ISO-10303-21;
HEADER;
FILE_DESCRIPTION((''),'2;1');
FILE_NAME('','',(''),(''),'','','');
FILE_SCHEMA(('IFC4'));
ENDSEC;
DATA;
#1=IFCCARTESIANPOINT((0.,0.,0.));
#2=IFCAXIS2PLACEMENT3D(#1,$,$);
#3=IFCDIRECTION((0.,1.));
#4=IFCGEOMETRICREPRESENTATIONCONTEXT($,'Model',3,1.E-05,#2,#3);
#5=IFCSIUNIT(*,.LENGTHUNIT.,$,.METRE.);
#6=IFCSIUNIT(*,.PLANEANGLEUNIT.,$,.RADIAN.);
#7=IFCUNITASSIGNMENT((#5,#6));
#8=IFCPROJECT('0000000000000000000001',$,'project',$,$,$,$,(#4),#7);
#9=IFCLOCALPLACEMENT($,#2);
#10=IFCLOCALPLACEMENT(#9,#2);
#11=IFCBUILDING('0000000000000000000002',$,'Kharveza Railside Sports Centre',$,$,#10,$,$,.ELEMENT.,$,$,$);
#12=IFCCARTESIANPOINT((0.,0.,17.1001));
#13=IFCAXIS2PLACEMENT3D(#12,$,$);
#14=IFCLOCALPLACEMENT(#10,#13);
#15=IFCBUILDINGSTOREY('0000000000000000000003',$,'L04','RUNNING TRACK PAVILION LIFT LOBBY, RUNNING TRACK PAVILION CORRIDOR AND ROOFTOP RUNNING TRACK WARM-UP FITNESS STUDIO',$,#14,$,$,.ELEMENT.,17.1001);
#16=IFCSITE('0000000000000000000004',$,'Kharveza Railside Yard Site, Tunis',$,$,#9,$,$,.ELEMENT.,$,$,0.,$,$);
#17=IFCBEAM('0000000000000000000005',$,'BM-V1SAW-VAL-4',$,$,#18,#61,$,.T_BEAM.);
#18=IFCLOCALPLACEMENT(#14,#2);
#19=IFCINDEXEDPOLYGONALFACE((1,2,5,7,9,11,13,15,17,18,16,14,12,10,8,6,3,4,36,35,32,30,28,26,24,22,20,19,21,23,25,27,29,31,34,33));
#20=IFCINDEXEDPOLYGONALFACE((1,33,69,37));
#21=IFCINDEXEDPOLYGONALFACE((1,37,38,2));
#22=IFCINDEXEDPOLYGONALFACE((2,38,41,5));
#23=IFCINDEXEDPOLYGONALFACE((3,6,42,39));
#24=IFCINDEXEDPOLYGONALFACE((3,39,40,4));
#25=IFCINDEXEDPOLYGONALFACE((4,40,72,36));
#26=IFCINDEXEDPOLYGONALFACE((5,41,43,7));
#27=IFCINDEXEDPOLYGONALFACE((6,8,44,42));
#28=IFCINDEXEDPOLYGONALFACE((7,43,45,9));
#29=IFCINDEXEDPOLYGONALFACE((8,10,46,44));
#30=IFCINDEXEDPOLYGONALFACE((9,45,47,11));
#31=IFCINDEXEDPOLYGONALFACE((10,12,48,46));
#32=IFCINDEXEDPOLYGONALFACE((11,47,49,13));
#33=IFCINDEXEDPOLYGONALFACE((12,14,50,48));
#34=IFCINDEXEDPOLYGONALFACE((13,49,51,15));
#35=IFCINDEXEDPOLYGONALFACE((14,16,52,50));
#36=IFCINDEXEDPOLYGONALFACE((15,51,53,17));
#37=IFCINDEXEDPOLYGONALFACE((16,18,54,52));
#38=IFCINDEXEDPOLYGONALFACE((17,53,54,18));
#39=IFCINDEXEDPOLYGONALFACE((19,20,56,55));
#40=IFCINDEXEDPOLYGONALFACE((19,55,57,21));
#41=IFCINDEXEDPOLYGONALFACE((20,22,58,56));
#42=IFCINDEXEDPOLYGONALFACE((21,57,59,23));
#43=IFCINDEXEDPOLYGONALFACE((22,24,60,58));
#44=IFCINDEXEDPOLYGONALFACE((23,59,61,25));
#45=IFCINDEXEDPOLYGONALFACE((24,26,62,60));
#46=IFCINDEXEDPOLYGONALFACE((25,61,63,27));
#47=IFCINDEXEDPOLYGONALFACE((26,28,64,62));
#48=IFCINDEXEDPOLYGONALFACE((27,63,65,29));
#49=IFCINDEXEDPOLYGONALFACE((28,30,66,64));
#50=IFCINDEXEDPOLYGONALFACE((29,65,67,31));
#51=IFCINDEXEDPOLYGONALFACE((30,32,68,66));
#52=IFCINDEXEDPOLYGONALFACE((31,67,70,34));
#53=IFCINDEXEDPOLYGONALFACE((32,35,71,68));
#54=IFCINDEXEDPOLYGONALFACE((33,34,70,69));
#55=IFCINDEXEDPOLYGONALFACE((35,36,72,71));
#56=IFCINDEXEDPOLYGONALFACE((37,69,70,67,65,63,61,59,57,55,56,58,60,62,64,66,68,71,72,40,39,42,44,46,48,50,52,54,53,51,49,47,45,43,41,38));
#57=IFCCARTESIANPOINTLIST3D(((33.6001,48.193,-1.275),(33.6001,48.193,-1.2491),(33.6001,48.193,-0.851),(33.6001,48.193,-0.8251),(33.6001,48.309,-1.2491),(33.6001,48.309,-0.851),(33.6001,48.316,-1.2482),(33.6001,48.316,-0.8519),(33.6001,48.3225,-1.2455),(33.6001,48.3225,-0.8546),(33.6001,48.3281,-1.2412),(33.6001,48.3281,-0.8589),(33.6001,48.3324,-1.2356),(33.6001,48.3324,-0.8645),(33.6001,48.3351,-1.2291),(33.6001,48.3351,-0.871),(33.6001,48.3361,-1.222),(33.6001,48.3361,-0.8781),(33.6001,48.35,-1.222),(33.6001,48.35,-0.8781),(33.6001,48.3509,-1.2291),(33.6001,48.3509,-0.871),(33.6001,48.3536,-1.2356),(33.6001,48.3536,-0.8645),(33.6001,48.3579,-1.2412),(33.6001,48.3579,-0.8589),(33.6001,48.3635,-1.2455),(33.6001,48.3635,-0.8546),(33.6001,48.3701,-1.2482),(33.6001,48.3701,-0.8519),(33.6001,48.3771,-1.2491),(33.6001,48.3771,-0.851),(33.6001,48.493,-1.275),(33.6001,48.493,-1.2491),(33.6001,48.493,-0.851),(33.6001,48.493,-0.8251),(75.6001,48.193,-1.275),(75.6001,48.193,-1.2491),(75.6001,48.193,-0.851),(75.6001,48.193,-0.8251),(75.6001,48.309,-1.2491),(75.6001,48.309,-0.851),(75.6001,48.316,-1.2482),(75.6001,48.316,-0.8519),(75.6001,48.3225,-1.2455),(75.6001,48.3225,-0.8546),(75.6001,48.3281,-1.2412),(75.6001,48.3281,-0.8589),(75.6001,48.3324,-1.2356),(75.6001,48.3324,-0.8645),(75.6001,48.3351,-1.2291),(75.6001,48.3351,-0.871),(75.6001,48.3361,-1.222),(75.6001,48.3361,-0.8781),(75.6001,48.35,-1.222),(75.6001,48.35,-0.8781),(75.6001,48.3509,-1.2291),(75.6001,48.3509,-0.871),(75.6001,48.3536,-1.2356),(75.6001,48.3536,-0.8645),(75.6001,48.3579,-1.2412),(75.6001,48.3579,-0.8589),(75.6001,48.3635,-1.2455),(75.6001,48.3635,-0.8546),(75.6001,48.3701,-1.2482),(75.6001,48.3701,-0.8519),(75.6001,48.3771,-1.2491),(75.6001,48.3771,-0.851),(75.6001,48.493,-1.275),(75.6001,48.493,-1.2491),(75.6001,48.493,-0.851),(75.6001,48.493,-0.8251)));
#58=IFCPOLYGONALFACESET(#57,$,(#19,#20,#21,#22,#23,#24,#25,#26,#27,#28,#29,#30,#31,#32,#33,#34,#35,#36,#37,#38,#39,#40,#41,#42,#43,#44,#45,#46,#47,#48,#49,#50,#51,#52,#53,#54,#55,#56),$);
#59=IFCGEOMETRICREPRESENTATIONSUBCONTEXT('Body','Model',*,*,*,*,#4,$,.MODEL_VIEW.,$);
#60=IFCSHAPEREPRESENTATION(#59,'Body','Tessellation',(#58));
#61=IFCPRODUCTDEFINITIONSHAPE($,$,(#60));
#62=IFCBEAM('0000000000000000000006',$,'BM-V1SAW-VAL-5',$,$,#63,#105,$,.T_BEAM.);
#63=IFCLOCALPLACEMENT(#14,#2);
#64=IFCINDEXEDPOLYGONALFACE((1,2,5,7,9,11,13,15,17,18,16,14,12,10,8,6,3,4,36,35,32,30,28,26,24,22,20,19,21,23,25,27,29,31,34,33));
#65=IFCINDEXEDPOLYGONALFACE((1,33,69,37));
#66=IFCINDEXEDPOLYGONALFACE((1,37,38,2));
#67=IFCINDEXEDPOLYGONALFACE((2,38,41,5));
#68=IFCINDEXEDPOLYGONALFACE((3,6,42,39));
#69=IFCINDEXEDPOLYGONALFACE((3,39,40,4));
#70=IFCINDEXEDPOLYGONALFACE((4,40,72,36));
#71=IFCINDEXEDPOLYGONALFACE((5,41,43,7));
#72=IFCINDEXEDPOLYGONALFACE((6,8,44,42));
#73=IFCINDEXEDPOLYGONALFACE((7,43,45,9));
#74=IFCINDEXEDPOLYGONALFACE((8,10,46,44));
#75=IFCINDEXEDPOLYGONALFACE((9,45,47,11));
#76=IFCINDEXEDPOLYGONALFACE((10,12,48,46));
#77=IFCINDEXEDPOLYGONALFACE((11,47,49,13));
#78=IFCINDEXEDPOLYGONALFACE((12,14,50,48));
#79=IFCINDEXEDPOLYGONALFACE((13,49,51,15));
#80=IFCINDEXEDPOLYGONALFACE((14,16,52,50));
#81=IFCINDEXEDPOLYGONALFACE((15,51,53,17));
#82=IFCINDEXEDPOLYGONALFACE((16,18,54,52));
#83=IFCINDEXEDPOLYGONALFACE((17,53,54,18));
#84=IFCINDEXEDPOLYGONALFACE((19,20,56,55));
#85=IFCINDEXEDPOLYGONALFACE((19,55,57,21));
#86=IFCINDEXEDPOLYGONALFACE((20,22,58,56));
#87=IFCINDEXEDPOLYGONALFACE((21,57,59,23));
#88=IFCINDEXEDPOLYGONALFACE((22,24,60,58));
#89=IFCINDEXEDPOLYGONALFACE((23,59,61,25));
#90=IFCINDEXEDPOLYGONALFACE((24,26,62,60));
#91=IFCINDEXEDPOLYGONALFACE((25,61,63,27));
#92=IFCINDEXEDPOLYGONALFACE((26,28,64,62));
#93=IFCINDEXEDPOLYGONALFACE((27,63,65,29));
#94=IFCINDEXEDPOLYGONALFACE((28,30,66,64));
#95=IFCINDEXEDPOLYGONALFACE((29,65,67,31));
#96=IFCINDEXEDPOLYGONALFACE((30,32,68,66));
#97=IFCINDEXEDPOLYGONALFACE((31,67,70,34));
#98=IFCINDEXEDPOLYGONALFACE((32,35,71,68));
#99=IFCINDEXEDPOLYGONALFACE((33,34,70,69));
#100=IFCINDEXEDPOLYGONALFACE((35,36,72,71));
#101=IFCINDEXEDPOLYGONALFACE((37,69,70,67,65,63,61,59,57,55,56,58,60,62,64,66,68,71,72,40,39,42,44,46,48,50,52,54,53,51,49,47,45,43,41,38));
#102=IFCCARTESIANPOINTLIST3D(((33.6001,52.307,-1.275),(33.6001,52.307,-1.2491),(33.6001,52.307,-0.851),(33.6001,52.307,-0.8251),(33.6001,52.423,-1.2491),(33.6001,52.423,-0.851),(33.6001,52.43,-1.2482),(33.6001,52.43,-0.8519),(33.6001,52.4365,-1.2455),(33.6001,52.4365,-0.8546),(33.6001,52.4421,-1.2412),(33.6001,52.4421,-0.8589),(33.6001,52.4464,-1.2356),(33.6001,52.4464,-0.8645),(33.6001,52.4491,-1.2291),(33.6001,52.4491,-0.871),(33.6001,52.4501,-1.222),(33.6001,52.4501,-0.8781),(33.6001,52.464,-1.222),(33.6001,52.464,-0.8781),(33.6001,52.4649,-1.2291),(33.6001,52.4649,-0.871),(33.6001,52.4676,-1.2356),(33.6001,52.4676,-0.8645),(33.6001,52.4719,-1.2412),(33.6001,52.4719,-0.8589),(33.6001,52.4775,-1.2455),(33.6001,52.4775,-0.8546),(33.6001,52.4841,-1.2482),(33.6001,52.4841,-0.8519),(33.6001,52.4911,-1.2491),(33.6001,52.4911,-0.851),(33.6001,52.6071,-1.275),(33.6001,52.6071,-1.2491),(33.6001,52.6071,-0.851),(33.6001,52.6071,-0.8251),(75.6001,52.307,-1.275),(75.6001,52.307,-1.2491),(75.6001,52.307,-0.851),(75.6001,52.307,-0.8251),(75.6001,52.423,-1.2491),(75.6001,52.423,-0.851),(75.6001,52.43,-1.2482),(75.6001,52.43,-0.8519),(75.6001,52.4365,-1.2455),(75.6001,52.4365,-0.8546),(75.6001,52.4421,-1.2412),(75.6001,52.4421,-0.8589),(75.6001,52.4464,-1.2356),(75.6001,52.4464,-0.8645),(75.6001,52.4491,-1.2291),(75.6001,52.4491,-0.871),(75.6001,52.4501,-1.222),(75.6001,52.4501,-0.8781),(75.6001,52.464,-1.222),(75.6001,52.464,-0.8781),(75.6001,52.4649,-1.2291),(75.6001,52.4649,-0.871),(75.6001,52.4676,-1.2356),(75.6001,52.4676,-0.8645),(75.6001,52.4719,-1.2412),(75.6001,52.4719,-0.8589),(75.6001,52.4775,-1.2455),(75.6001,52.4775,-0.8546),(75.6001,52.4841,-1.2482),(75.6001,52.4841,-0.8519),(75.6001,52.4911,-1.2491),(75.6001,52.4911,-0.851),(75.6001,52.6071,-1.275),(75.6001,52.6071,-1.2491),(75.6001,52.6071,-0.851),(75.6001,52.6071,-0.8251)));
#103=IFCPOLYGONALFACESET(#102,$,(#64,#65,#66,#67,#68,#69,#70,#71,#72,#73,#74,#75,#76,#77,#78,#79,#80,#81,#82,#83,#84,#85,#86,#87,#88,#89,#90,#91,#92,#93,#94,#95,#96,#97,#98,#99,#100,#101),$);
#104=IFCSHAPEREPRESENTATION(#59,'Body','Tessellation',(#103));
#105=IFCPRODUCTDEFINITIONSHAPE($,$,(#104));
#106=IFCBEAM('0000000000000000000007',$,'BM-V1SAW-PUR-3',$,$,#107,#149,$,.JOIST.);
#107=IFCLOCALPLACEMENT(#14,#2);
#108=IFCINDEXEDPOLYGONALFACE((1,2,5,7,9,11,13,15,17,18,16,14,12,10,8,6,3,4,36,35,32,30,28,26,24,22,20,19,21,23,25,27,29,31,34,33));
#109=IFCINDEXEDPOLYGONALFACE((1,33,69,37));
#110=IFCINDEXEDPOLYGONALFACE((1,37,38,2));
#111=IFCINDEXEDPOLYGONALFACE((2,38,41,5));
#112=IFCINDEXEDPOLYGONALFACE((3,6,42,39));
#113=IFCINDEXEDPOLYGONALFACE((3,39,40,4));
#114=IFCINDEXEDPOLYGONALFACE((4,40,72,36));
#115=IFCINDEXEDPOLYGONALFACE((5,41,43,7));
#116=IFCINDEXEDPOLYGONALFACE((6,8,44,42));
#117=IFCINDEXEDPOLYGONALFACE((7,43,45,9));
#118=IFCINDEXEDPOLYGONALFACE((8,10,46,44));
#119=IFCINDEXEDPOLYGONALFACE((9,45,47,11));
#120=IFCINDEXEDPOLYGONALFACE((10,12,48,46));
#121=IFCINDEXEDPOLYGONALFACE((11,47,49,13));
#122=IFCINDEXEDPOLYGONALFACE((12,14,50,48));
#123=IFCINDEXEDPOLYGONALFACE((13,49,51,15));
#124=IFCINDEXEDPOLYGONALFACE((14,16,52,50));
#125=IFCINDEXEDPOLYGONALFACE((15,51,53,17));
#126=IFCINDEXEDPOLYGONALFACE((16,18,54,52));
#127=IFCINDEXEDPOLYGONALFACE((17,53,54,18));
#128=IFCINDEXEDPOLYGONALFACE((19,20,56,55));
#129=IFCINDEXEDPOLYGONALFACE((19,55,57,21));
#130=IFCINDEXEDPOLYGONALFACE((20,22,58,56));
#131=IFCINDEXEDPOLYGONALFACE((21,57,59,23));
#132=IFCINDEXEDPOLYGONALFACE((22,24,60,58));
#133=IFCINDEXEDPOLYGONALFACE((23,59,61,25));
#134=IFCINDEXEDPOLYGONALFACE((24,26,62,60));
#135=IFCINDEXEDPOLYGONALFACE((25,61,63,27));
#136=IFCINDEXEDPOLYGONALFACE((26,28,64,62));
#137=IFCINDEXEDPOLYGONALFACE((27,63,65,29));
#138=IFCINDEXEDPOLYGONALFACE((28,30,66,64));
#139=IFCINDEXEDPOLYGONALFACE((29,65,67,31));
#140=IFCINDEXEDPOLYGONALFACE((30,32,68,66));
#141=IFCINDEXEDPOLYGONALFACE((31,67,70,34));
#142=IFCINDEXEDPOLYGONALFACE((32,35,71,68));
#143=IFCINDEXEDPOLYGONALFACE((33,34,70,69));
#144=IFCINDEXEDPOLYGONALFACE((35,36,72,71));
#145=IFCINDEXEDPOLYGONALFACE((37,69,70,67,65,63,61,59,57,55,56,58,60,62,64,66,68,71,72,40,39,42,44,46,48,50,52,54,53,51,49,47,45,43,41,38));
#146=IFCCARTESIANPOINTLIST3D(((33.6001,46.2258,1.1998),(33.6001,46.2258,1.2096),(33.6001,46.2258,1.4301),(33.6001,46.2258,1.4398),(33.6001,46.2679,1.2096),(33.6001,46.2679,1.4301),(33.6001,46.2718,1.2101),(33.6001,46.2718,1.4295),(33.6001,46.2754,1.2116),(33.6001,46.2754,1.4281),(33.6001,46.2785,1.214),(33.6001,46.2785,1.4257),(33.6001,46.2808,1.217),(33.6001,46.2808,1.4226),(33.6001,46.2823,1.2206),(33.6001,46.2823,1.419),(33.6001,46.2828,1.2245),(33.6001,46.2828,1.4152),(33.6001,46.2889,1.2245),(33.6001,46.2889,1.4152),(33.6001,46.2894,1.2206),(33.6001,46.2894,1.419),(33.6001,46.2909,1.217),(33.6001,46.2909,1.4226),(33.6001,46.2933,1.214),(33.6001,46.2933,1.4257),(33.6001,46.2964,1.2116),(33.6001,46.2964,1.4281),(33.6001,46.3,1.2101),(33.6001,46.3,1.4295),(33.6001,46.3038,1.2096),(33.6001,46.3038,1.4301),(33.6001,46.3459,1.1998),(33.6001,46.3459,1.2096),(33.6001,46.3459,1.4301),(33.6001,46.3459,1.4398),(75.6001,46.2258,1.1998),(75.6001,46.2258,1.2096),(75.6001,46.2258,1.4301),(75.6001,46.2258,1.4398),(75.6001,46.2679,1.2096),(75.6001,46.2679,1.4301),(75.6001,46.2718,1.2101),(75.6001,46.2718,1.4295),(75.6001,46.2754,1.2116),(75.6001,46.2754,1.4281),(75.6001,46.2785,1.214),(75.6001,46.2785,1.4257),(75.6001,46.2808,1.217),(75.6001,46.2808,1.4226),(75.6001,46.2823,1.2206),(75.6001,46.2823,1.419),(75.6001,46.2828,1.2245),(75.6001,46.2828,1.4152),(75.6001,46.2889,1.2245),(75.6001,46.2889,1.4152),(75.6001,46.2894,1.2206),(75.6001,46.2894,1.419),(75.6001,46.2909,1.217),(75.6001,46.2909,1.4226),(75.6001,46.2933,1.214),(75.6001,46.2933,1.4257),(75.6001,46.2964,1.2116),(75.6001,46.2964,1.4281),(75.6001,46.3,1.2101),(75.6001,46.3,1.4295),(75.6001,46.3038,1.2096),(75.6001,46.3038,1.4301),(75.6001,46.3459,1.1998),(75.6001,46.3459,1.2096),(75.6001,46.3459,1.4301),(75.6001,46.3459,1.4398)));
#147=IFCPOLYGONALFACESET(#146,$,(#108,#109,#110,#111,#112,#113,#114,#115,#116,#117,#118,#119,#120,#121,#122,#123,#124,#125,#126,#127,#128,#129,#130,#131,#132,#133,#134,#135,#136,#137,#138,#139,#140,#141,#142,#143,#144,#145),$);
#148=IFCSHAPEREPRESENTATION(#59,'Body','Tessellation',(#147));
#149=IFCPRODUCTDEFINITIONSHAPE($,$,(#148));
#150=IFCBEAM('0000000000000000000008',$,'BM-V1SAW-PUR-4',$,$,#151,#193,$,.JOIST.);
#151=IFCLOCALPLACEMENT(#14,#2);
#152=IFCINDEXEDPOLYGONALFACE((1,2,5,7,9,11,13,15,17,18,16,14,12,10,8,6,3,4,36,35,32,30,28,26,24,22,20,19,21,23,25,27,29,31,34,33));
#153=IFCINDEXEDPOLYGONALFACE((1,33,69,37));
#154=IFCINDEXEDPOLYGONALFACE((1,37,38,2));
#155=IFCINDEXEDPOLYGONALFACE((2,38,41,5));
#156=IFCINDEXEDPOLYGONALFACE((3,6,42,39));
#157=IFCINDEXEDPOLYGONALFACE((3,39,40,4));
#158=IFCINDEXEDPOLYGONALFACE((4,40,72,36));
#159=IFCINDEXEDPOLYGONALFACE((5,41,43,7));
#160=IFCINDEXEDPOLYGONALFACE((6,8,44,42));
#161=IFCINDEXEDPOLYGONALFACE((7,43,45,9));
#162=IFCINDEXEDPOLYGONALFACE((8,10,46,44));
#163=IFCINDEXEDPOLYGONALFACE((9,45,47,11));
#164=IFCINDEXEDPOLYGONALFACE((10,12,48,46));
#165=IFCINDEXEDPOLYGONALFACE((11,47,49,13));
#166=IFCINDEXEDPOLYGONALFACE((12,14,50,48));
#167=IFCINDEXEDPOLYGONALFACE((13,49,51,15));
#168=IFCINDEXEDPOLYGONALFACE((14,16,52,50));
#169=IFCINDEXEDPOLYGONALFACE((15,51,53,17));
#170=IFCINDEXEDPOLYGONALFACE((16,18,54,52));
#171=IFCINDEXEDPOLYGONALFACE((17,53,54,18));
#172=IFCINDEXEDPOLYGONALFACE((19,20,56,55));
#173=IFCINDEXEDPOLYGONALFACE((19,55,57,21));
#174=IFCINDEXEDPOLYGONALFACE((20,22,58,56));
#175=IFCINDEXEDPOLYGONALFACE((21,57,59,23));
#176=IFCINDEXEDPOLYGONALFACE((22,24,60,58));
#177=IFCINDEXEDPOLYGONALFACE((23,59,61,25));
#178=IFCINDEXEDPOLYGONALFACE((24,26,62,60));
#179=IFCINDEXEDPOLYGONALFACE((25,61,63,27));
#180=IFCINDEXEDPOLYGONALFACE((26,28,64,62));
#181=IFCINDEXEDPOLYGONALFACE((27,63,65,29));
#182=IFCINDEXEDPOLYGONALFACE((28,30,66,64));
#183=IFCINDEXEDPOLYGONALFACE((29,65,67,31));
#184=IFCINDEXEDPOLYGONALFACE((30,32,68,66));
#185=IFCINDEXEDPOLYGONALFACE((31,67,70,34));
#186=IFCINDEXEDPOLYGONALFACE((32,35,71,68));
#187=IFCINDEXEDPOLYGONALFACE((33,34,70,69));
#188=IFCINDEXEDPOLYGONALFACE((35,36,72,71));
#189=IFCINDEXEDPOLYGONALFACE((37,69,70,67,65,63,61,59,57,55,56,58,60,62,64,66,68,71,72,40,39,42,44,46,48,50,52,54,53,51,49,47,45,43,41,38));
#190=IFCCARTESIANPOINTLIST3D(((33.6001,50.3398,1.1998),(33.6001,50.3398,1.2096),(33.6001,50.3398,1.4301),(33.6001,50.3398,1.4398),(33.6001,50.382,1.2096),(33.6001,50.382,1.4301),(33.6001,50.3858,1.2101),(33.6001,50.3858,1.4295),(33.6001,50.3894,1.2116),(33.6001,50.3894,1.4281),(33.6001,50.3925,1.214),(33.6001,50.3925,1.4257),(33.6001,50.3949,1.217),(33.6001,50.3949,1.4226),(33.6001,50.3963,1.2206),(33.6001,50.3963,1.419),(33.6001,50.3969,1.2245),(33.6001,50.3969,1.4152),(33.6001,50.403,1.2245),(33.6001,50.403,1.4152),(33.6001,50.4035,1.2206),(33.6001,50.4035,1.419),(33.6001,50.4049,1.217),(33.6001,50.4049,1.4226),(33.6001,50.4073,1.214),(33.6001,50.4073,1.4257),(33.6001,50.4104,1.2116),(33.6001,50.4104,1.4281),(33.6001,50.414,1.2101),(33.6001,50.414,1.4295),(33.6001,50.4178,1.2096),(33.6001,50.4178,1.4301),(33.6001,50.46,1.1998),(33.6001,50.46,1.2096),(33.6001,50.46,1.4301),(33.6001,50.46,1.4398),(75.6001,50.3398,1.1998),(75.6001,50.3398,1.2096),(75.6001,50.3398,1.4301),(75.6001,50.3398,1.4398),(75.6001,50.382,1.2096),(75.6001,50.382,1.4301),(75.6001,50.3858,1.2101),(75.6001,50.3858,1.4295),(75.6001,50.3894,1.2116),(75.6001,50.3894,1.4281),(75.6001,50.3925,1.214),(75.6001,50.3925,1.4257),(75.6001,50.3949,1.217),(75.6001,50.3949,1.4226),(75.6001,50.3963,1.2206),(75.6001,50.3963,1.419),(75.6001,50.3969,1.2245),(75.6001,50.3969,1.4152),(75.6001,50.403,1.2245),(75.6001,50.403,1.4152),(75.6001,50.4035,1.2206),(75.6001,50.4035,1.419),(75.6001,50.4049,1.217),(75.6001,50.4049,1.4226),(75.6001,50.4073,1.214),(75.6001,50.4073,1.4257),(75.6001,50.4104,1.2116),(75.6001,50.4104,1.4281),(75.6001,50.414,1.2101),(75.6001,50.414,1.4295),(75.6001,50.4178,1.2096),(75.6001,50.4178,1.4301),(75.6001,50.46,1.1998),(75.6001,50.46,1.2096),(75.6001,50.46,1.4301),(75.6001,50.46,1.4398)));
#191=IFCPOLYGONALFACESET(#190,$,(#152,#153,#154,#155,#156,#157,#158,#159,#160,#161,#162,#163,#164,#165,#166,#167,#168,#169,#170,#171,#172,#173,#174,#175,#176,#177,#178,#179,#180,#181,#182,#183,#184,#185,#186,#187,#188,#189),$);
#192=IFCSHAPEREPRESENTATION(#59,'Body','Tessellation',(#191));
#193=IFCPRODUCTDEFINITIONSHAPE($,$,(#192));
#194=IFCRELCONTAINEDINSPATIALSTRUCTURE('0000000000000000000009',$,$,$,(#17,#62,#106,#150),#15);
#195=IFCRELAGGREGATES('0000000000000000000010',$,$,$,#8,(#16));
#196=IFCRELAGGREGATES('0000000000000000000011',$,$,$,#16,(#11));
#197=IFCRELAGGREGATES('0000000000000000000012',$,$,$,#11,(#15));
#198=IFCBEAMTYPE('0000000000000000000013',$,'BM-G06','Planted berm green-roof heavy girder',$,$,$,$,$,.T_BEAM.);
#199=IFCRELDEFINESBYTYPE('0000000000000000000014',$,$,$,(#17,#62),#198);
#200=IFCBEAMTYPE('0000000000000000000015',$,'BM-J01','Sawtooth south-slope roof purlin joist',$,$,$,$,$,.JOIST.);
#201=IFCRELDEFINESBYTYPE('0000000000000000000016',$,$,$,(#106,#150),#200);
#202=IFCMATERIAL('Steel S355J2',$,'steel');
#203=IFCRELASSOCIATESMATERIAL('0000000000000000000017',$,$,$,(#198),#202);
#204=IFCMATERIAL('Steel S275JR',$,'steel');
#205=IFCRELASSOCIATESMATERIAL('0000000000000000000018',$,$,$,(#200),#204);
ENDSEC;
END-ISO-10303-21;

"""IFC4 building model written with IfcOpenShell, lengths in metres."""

from ifc_helpers import new_model, si_unit, direction, frame, origin, origin_2d, place, context, subcontext, project, spatial, i_section, extrude, material, material_profile, profile_set, type_object, element, save


model = new_model("IFC4")

# Units and contexts
model_context = context("Model", 3, precision=1e-05, world=origin(), true_north=direction((0.0, 1.0)))
body_context = subcontext(model_context, "Body", "Model", "MODEL_VIEW")
ifc_project = project(units=[si_unit("LENGTHUNIT", "METRE"), si_unit("PLANEANGLEUNIT", "RADIAN")], contexts=[model_context])

# Site, building, storey
site_placement = place(None, origin())
site = spatial("IfcSite", under=ifc_project, at=site_placement, Name="Kharveza Railside Yard Site, Tunis", CompositionType="ELEMENT", RefElevation=0.0)
building_placement = place(site_placement, origin())
building = spatial("IfcBuilding", under=site, at=building_placement, Name="Kharveza Railside Sports Centre", CompositionType="ELEMENT")
storey_placement = place(building_placement, frame((0.0, 0.0, 17.1001)))
storey = spatial("IfcBuildingStorey", under=building, at=storey_placement, Name="L04", Description="RUNNING TRACK PAVILION LIFT LOBBY, RUNNING TRACK PAVILION CORRIDOR AND ROOFTOP RUNNING TRACK WARM-UP FITNESS STUDIO", CompositionType="ELEMENT", Elevation=17.1001)

# Beams
ifc_material_1 = material(Name="Steel S355J2", Category="steel")
ifc_material_profile_1 = material_profile(ifc_material_1, i_section(OverallWidth=0.3, OverallDepth=0.45, WebThickness=0.0139, FlangeThickness=0.0259, FilletRadius=0.0271, at=origin_2d()), Name="HEB 450")
ifc_profile_set_1 = profile_set([ifc_material_profile_1], Name="Steel S355J2")
beam_type_1 = type_object("IfcBeamType", Name="BM-G06", Description="Planted berm green-roof heavy girder", PredefinedType="T_BEAM", material=ifc_profile_set_1)
for number, where, z_axis, x_axis, name in (
    (1, (33.6001, 48.343, -1.05), (1.0, 0.0, 0.0), (0.0, 1.0, 0.0), "BM-V1SAW-VAL-4"),
    (2, (33.6001, 52.457, -1.05), (1.0, 0.0, 0.0), (0.0, 1.0, 0.0), "BM-V1SAW-VAL-5"),
):
    element("IfcBeam", number, at=place(storey_placement, frame(where, z_axis=z_axis, x_axis=x_axis)), inside=storey, type_object=beam_type_1, Name=name, PredefinedType="T_BEAM", context=body_context, shape_type="SweptSolid", body=[
        extrude(i_section(OverallWidth=0.3, OverallDepth=0.45, WebThickness=0.0139, FlangeThickness=0.0259, FilletRadius=0.0271, at=origin_2d()), origin(), (0.0, 0.0, 1.0), 42.0),
    ])
ifc_material_2 = material(Name="Steel S275JR", Category="steel")
ifc_material_profile_2 = material_profile(ifc_material_2, i_section(OverallWidth=0.1201, OverallDepth=0.24, WebThickness=0.0061, FlangeThickness=0.0098, FilletRadius=0.0149, at=origin_2d()), Name="IPE 240")
ifc_profile_set_2 = profile_set([ifc_material_profile_2], Name="Steel S275JR")
beam_type_2 = type_object("IfcBeamType", Name="BM-J01", Description="Sawtooth south-slope roof purlin joist", PredefinedType="JOIST", material=ifc_profile_set_2)
for number, where, z_axis, x_axis, name in (
    (3, (33.6001, 46.2859, 1.3198), (1.0, 0.0, 0.0), (0.0, 1.0, 0.0), "BM-V1SAW-PUR-3"),
    (4, (33.6001, 50.3999, 1.3198), (1.0, 0.0, 0.0), (0.0, 1.0, 0.0), "BM-V1SAW-PUR-4"),
):
    element("IfcBeam", number, at=place(storey_placement, frame(where, z_axis=z_axis, x_axis=x_axis)), inside=storey, type_object=beam_type_2, Name=name, PredefinedType="JOIST", context=body_context, shape_type="SweptSolid", body=[
        extrude(i_section(OverallWidth=0.1201, OverallDepth=0.24, WebThickness=0.0061, FlangeThickness=0.0098, FilletRadius=0.0149, at=origin_2d()), origin(), (0.0, 0.0, 1.0), 42.0),
    ])

save(model, "model.ifc")
